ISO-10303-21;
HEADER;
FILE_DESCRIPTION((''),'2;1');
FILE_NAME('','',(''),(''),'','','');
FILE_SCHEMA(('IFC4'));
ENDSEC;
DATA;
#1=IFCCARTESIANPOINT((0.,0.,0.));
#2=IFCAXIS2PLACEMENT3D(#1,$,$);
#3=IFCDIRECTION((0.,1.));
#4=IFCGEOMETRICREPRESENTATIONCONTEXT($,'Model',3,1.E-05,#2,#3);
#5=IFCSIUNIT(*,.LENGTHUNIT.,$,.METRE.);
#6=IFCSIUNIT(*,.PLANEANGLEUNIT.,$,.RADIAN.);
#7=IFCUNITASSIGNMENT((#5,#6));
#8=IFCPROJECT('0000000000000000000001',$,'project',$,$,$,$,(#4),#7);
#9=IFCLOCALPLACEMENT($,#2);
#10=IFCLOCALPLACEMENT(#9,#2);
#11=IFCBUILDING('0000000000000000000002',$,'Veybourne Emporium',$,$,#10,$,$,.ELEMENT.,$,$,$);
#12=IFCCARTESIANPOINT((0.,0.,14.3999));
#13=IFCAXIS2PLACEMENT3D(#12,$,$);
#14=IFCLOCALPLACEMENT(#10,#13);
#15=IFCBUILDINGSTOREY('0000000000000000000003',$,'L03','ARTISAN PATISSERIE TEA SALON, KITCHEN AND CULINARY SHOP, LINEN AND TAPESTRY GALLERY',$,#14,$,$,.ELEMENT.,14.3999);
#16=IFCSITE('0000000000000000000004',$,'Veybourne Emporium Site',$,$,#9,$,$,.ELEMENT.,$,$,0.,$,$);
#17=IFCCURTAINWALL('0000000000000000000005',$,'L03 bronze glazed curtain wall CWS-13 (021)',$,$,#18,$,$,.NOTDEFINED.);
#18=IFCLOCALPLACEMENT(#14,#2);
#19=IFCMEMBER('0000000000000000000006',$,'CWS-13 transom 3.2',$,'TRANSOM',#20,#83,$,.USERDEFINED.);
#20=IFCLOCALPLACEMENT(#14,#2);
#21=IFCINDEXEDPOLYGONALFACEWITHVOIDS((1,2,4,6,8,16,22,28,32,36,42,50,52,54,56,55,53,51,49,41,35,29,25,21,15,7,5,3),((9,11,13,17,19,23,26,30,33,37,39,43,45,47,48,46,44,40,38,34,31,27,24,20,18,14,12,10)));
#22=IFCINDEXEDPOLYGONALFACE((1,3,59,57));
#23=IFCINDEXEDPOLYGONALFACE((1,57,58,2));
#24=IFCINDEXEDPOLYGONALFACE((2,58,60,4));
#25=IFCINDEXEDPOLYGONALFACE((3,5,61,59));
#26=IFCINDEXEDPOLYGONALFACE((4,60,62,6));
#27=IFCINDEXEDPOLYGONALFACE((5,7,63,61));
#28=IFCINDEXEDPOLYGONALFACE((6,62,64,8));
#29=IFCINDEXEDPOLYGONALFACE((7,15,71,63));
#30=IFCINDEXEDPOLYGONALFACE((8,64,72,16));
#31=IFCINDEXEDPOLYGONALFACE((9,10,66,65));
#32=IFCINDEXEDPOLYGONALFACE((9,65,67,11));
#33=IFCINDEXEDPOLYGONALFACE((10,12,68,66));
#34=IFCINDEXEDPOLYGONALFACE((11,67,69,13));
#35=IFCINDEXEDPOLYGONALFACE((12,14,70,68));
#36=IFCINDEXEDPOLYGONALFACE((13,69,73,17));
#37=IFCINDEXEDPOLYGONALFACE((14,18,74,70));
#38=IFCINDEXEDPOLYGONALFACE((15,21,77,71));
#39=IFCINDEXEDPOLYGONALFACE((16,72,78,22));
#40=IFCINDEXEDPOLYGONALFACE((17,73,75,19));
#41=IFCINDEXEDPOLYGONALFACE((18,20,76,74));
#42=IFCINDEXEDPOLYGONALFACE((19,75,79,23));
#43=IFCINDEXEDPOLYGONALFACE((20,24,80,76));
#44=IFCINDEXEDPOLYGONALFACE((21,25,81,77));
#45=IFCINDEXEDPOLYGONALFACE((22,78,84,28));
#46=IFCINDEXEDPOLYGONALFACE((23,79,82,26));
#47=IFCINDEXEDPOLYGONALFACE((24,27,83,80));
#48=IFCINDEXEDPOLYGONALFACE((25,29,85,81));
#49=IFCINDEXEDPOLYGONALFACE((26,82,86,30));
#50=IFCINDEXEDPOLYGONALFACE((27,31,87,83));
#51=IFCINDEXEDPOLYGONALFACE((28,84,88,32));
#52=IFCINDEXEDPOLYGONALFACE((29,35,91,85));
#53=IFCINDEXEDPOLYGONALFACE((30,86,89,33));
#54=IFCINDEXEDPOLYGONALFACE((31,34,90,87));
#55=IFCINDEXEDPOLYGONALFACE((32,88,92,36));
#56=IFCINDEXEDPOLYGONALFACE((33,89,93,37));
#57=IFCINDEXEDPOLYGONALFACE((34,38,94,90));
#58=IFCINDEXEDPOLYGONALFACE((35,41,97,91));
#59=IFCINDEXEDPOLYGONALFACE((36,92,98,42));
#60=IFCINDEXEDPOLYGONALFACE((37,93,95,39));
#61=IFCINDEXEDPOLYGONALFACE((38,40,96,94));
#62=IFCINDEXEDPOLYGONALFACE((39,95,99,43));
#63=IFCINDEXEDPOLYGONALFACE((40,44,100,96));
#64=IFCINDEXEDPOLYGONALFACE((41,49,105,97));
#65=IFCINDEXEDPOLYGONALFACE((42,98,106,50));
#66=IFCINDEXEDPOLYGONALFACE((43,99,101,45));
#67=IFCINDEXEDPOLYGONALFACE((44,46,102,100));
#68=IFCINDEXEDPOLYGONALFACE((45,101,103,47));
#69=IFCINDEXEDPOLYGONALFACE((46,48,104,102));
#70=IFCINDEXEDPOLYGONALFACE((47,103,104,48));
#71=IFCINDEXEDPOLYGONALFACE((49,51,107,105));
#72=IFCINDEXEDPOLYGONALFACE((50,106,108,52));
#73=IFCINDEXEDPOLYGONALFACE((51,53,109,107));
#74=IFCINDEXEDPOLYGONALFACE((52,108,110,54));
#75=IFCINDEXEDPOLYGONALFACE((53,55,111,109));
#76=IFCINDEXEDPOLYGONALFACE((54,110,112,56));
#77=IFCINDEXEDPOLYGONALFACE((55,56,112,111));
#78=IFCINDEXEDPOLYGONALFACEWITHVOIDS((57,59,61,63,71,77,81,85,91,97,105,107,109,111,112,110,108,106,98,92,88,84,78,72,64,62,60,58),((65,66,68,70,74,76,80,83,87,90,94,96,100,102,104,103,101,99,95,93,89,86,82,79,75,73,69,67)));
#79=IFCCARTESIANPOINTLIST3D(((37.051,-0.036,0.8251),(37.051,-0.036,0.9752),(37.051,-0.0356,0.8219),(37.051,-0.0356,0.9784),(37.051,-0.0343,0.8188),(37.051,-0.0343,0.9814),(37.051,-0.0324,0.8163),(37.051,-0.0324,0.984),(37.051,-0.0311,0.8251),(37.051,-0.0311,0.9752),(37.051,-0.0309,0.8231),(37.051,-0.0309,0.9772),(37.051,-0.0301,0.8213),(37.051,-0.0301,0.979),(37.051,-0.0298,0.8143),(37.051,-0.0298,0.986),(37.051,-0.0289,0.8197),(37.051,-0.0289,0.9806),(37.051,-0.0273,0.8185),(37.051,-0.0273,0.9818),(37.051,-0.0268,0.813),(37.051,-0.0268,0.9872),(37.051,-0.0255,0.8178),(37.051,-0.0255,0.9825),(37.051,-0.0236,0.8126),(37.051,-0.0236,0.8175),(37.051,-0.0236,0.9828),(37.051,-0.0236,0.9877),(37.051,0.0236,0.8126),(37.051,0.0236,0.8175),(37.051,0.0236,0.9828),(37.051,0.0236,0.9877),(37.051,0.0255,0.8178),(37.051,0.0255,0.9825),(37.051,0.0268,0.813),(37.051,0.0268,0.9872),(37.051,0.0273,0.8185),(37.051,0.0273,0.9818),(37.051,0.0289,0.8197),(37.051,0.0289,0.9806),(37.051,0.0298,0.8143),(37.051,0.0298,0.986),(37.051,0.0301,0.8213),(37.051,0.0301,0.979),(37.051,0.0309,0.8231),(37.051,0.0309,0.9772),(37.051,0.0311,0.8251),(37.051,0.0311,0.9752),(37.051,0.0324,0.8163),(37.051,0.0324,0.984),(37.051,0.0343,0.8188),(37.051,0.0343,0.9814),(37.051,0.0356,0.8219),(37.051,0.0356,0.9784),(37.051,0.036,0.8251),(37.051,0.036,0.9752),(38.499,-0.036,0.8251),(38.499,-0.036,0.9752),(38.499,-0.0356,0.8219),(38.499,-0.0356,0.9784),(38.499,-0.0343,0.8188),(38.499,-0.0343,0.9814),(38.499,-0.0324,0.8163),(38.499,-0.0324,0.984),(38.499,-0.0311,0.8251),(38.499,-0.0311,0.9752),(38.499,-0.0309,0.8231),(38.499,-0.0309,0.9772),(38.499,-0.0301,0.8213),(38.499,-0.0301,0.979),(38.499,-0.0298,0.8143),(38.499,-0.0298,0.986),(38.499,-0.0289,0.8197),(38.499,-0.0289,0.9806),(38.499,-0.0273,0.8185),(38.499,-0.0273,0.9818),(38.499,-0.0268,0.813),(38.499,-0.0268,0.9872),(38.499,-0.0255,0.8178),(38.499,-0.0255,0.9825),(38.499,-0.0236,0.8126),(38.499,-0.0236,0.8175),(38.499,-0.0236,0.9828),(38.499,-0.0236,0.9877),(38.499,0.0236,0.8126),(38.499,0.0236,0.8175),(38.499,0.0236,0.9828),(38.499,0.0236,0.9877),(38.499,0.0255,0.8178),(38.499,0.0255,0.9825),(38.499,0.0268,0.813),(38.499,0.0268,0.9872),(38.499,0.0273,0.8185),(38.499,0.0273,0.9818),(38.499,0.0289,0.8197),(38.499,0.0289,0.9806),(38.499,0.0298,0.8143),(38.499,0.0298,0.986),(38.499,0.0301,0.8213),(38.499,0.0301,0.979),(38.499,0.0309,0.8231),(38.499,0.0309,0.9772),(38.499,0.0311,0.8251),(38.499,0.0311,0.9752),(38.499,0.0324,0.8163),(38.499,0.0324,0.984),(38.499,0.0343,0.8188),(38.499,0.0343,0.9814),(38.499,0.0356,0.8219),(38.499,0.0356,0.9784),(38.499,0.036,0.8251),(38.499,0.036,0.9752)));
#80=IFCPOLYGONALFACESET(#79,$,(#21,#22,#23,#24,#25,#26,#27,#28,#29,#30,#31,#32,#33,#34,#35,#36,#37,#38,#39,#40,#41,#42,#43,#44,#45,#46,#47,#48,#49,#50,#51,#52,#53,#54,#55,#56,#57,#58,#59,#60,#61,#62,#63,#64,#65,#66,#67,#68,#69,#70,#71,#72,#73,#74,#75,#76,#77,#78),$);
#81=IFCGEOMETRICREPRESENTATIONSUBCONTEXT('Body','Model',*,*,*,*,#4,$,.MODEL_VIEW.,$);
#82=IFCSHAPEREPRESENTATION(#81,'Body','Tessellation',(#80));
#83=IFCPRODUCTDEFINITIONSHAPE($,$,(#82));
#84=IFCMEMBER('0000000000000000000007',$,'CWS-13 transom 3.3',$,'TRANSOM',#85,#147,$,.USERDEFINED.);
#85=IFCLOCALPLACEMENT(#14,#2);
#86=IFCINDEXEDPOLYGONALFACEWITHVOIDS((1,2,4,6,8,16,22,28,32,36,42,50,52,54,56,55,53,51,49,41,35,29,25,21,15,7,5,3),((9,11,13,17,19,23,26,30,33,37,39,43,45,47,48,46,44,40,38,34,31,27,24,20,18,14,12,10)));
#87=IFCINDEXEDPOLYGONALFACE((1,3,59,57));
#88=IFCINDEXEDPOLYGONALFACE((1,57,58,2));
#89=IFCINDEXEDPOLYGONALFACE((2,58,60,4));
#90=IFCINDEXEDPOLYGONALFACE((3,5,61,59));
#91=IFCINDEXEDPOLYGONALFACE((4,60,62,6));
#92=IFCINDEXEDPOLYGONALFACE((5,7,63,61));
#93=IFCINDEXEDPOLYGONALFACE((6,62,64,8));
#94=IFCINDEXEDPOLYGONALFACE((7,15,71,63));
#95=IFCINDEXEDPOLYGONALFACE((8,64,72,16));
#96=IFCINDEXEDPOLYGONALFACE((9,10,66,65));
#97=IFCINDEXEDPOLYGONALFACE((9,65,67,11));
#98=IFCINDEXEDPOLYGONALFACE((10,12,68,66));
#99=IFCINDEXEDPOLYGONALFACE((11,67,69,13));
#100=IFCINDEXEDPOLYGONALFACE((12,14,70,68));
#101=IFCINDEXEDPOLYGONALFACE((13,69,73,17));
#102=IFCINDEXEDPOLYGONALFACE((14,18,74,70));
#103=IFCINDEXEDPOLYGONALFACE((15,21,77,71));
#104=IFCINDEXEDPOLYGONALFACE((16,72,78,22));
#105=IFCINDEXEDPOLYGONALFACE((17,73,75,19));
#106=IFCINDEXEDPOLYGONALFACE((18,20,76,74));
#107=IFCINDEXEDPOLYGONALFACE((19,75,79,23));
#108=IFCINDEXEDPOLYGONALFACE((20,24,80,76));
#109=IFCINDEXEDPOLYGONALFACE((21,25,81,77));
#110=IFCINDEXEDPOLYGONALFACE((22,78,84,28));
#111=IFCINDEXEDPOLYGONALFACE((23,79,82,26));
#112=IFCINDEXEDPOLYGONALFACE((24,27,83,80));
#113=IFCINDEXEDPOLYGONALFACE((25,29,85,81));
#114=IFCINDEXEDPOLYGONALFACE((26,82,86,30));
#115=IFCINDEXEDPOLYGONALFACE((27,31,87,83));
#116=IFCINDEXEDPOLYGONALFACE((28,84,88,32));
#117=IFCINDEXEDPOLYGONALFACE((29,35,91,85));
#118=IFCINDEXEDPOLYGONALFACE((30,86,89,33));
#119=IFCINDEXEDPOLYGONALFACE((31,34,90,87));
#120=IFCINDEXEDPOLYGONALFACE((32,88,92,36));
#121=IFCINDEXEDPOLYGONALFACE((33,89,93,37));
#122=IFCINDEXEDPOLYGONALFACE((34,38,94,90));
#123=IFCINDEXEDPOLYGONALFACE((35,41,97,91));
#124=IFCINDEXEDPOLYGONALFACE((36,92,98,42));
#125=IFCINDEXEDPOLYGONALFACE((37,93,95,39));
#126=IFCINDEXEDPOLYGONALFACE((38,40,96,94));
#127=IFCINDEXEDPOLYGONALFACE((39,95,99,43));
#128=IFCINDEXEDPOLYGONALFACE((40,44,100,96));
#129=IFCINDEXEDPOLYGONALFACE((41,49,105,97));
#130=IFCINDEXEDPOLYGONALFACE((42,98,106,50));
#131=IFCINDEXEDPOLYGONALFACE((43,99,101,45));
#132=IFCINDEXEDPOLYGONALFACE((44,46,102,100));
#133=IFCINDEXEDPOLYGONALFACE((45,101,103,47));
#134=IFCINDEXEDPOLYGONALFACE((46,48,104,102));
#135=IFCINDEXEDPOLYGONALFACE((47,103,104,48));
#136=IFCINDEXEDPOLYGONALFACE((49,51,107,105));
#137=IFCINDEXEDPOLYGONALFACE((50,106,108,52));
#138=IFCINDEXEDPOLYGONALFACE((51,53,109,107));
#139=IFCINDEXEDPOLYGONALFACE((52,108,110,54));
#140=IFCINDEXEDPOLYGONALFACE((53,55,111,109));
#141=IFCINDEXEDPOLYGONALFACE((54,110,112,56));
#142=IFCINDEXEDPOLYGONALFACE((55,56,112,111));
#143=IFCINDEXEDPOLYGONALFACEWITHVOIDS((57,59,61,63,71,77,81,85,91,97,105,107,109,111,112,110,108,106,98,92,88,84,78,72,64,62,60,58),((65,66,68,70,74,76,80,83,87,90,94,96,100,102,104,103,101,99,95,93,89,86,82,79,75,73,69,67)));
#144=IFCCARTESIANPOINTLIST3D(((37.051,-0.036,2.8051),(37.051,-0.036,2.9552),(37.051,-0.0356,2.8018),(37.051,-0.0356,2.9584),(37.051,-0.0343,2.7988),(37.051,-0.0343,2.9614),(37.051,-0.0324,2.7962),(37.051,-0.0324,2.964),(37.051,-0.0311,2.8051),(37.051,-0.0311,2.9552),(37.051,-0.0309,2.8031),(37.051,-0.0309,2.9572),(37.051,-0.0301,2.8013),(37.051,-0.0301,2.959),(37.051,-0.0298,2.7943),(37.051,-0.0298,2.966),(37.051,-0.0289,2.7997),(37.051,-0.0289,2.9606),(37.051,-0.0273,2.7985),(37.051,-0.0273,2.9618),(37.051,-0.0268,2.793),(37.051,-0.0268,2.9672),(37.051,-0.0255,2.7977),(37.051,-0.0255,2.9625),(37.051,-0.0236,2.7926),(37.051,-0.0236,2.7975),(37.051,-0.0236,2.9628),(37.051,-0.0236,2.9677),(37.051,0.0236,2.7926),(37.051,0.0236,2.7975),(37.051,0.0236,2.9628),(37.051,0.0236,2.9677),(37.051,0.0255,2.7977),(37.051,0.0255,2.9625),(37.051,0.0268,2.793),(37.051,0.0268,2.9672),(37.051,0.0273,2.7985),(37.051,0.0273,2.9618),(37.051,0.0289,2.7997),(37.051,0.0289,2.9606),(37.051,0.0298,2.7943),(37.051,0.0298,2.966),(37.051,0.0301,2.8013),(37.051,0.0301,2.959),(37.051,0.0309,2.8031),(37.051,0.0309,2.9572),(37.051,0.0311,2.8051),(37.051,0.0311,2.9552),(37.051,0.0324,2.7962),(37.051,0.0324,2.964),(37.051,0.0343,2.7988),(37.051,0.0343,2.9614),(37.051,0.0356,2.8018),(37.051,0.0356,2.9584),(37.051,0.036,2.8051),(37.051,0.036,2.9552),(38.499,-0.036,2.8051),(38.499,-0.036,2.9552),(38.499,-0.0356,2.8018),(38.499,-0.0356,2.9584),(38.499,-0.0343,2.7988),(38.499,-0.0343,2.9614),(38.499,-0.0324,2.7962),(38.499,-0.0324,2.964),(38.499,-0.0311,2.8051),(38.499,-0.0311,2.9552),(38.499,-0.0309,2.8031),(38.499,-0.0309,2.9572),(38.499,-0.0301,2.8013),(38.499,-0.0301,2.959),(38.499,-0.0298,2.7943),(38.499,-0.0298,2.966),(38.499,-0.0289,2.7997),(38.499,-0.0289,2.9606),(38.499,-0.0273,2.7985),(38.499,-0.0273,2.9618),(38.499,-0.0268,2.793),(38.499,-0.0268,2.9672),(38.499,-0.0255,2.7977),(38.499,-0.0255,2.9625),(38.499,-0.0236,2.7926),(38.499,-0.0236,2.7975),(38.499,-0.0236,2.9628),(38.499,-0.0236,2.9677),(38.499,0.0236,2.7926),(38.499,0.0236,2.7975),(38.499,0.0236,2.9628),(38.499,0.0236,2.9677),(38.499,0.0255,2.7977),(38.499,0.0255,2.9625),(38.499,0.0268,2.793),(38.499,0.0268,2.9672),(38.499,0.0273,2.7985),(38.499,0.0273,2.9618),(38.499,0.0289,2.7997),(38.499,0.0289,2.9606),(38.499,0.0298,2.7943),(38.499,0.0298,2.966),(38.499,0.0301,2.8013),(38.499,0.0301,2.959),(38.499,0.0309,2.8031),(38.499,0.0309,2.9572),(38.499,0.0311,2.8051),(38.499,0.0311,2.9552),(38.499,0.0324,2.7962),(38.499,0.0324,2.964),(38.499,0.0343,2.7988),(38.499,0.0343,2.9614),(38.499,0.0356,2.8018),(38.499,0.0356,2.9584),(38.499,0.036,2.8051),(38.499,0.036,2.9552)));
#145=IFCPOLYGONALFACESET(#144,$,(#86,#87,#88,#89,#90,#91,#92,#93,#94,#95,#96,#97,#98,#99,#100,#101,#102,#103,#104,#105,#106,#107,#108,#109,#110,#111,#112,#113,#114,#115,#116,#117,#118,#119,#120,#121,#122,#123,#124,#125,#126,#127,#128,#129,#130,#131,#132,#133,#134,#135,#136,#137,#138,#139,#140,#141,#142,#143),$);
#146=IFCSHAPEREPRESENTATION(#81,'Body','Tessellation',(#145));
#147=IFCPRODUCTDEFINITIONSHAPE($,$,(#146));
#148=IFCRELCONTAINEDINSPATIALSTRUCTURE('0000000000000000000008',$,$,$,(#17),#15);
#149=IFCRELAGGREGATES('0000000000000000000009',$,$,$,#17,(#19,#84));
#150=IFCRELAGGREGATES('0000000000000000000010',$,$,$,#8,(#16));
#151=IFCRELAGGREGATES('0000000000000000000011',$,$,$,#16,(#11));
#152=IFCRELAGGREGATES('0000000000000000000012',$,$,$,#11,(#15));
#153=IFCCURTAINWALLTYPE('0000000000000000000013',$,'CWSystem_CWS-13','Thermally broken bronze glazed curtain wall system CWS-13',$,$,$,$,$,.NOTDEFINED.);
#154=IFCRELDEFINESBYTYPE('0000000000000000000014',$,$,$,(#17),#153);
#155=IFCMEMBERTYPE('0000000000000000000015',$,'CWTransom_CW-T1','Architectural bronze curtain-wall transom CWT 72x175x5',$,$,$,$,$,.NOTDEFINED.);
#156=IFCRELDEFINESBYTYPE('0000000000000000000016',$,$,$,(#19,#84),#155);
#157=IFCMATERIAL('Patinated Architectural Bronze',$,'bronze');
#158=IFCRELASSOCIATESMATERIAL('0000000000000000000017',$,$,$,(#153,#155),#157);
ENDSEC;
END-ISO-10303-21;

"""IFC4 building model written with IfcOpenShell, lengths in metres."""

from ifc_helpers import new_model, si_unit, direction, frame, origin, origin_2d, place, context, subcontext, project, spatial, hollow_rectangle, extrude, material, material_profile, profile_set, type_object, element, aggregate, save


model = new_model("IFC4")

# Units and contexts
model_context = context("Model", 3, precision=1e-05, world=origin(), true_north=direction((0.0, 1.0)))
body_context = subcontext(model_context, "Body", "Model", "MODEL_VIEW")
ifc_project = project(units=[si_unit("LENGTHUNIT", "METRE"), si_unit("PLANEANGLEUNIT", "RADIAN")], contexts=[model_context])

# Site, building, storey
site_placement = place(None, origin())
site = spatial("IfcSite", under=ifc_project, at=site_placement, Name="Veybourne Emporium Site", CompositionType="ELEMENT", RefElevation=0.0)
building_placement = place(site_placement, origin())
building = spatial("IfcBuilding", under=site, at=building_placement, Name="Veybourne Emporium", CompositionType="ELEMENT")
storey_placement = place(building_placement, frame((0.0, 0.0, 14.3999)))
storey = spatial("IfcBuildingStorey", under=building, at=storey_placement, Name="L03", Description="ARTISAN PATISSERIE TEA SALON, KITCHEN AND CULINARY SHOP, LINEN AND TAPESTRY GALLERY", CompositionType="ELEMENT", Elevation=14.3999)

# Curtain wall, members
ifc_material_1 = material(Name="Patinated Architectural Bronze", Category="bronze")
curtain_wall_type = type_object("IfcCurtainWallType", Name="CWSystem_CWS-13", Description="Thermally broken bronze glazed curtain wall system CWS-13", PredefinedType="NOTDEFINED", material=ifc_material_1)
curtain_wall_placement = place(storey_placement, origin())
curtain_wall = element("IfcCurtainWall", 1, at=curtain_wall_placement, inside=storey, type_object=curtain_wall_type, Name="L03 bronze glazed curtain wall CWS-13 (021)", PredefinedType="NOTDEFINED")
ifc_material_profile_1 = material_profile(ifc_material_1, hollow_rectangle(XDim=0.072, YDim=0.175, WallThickness=0.0049, InnerFilletRadius=0.0076, OuterFilletRadius=0.0125, at=origin_2d()), Name="CWT 72x175x5")
ifc_profile_set_1 = profile_set([ifc_material_profile_1], Name="Patinated Architectural Bronze")
member_type_1 = type_object("IfcMemberType", Name="CWTransom_CW-T1", Description="Architectural bronze curtain-wall transom CWT 72x175x5", PredefinedType="NOTDEFINED", material=ifc_profile_set_1)
member_1_placement = place(storey_placement, frame((38.499, 0.0, 0.9001), z_axis=(-1.0, 0.0, 0.0), x_axis=(0.0, -1.0, 0.0)))
member_1 = element("IfcMember", 2, at=member_1_placement, type_object=member_type_1, Name="CWS-13 transom 3.2", ObjectType="TRANSOM", PredefinedType="USERDEFINED", context=body_context, shape_type="SweptSolid", body=[
    extrude(hollow_rectangle(XDim=0.072, YDim=0.175, WallThickness=0.0049, InnerFilletRadius=0.0076, OuterFilletRadius=0.0125, at=origin_2d()), origin(), (0.0, 0.0, 1.0), 1.448),
])
member_2_placement = place(storey_placement, frame((38.499, 0.0, 2.8801), z_axis=(-1.0, 0.0, 0.0), x_axis=(0.0, -1.0, 0.0)))
member_2 = element("IfcMember", 3, at=member_2_placement, type_object=member_type_1, Name="CWS-13 transom 3.3", ObjectType="TRANSOM", PredefinedType="USERDEFINED", context=body_context, shape_type="SweptSolid", body=[
    extrude(hollow_rectangle(XDim=0.072, YDim=0.175, WallThickness=0.0049, InnerFilletRadius=0.0076, OuterFilletRadius=0.0125, at=origin_2d()), origin(), (0.0, 0.0, 1.0), 1.448),
])

aggregate(curtain_wall, [member_1, member_2])

save(model, "model.ifc")
